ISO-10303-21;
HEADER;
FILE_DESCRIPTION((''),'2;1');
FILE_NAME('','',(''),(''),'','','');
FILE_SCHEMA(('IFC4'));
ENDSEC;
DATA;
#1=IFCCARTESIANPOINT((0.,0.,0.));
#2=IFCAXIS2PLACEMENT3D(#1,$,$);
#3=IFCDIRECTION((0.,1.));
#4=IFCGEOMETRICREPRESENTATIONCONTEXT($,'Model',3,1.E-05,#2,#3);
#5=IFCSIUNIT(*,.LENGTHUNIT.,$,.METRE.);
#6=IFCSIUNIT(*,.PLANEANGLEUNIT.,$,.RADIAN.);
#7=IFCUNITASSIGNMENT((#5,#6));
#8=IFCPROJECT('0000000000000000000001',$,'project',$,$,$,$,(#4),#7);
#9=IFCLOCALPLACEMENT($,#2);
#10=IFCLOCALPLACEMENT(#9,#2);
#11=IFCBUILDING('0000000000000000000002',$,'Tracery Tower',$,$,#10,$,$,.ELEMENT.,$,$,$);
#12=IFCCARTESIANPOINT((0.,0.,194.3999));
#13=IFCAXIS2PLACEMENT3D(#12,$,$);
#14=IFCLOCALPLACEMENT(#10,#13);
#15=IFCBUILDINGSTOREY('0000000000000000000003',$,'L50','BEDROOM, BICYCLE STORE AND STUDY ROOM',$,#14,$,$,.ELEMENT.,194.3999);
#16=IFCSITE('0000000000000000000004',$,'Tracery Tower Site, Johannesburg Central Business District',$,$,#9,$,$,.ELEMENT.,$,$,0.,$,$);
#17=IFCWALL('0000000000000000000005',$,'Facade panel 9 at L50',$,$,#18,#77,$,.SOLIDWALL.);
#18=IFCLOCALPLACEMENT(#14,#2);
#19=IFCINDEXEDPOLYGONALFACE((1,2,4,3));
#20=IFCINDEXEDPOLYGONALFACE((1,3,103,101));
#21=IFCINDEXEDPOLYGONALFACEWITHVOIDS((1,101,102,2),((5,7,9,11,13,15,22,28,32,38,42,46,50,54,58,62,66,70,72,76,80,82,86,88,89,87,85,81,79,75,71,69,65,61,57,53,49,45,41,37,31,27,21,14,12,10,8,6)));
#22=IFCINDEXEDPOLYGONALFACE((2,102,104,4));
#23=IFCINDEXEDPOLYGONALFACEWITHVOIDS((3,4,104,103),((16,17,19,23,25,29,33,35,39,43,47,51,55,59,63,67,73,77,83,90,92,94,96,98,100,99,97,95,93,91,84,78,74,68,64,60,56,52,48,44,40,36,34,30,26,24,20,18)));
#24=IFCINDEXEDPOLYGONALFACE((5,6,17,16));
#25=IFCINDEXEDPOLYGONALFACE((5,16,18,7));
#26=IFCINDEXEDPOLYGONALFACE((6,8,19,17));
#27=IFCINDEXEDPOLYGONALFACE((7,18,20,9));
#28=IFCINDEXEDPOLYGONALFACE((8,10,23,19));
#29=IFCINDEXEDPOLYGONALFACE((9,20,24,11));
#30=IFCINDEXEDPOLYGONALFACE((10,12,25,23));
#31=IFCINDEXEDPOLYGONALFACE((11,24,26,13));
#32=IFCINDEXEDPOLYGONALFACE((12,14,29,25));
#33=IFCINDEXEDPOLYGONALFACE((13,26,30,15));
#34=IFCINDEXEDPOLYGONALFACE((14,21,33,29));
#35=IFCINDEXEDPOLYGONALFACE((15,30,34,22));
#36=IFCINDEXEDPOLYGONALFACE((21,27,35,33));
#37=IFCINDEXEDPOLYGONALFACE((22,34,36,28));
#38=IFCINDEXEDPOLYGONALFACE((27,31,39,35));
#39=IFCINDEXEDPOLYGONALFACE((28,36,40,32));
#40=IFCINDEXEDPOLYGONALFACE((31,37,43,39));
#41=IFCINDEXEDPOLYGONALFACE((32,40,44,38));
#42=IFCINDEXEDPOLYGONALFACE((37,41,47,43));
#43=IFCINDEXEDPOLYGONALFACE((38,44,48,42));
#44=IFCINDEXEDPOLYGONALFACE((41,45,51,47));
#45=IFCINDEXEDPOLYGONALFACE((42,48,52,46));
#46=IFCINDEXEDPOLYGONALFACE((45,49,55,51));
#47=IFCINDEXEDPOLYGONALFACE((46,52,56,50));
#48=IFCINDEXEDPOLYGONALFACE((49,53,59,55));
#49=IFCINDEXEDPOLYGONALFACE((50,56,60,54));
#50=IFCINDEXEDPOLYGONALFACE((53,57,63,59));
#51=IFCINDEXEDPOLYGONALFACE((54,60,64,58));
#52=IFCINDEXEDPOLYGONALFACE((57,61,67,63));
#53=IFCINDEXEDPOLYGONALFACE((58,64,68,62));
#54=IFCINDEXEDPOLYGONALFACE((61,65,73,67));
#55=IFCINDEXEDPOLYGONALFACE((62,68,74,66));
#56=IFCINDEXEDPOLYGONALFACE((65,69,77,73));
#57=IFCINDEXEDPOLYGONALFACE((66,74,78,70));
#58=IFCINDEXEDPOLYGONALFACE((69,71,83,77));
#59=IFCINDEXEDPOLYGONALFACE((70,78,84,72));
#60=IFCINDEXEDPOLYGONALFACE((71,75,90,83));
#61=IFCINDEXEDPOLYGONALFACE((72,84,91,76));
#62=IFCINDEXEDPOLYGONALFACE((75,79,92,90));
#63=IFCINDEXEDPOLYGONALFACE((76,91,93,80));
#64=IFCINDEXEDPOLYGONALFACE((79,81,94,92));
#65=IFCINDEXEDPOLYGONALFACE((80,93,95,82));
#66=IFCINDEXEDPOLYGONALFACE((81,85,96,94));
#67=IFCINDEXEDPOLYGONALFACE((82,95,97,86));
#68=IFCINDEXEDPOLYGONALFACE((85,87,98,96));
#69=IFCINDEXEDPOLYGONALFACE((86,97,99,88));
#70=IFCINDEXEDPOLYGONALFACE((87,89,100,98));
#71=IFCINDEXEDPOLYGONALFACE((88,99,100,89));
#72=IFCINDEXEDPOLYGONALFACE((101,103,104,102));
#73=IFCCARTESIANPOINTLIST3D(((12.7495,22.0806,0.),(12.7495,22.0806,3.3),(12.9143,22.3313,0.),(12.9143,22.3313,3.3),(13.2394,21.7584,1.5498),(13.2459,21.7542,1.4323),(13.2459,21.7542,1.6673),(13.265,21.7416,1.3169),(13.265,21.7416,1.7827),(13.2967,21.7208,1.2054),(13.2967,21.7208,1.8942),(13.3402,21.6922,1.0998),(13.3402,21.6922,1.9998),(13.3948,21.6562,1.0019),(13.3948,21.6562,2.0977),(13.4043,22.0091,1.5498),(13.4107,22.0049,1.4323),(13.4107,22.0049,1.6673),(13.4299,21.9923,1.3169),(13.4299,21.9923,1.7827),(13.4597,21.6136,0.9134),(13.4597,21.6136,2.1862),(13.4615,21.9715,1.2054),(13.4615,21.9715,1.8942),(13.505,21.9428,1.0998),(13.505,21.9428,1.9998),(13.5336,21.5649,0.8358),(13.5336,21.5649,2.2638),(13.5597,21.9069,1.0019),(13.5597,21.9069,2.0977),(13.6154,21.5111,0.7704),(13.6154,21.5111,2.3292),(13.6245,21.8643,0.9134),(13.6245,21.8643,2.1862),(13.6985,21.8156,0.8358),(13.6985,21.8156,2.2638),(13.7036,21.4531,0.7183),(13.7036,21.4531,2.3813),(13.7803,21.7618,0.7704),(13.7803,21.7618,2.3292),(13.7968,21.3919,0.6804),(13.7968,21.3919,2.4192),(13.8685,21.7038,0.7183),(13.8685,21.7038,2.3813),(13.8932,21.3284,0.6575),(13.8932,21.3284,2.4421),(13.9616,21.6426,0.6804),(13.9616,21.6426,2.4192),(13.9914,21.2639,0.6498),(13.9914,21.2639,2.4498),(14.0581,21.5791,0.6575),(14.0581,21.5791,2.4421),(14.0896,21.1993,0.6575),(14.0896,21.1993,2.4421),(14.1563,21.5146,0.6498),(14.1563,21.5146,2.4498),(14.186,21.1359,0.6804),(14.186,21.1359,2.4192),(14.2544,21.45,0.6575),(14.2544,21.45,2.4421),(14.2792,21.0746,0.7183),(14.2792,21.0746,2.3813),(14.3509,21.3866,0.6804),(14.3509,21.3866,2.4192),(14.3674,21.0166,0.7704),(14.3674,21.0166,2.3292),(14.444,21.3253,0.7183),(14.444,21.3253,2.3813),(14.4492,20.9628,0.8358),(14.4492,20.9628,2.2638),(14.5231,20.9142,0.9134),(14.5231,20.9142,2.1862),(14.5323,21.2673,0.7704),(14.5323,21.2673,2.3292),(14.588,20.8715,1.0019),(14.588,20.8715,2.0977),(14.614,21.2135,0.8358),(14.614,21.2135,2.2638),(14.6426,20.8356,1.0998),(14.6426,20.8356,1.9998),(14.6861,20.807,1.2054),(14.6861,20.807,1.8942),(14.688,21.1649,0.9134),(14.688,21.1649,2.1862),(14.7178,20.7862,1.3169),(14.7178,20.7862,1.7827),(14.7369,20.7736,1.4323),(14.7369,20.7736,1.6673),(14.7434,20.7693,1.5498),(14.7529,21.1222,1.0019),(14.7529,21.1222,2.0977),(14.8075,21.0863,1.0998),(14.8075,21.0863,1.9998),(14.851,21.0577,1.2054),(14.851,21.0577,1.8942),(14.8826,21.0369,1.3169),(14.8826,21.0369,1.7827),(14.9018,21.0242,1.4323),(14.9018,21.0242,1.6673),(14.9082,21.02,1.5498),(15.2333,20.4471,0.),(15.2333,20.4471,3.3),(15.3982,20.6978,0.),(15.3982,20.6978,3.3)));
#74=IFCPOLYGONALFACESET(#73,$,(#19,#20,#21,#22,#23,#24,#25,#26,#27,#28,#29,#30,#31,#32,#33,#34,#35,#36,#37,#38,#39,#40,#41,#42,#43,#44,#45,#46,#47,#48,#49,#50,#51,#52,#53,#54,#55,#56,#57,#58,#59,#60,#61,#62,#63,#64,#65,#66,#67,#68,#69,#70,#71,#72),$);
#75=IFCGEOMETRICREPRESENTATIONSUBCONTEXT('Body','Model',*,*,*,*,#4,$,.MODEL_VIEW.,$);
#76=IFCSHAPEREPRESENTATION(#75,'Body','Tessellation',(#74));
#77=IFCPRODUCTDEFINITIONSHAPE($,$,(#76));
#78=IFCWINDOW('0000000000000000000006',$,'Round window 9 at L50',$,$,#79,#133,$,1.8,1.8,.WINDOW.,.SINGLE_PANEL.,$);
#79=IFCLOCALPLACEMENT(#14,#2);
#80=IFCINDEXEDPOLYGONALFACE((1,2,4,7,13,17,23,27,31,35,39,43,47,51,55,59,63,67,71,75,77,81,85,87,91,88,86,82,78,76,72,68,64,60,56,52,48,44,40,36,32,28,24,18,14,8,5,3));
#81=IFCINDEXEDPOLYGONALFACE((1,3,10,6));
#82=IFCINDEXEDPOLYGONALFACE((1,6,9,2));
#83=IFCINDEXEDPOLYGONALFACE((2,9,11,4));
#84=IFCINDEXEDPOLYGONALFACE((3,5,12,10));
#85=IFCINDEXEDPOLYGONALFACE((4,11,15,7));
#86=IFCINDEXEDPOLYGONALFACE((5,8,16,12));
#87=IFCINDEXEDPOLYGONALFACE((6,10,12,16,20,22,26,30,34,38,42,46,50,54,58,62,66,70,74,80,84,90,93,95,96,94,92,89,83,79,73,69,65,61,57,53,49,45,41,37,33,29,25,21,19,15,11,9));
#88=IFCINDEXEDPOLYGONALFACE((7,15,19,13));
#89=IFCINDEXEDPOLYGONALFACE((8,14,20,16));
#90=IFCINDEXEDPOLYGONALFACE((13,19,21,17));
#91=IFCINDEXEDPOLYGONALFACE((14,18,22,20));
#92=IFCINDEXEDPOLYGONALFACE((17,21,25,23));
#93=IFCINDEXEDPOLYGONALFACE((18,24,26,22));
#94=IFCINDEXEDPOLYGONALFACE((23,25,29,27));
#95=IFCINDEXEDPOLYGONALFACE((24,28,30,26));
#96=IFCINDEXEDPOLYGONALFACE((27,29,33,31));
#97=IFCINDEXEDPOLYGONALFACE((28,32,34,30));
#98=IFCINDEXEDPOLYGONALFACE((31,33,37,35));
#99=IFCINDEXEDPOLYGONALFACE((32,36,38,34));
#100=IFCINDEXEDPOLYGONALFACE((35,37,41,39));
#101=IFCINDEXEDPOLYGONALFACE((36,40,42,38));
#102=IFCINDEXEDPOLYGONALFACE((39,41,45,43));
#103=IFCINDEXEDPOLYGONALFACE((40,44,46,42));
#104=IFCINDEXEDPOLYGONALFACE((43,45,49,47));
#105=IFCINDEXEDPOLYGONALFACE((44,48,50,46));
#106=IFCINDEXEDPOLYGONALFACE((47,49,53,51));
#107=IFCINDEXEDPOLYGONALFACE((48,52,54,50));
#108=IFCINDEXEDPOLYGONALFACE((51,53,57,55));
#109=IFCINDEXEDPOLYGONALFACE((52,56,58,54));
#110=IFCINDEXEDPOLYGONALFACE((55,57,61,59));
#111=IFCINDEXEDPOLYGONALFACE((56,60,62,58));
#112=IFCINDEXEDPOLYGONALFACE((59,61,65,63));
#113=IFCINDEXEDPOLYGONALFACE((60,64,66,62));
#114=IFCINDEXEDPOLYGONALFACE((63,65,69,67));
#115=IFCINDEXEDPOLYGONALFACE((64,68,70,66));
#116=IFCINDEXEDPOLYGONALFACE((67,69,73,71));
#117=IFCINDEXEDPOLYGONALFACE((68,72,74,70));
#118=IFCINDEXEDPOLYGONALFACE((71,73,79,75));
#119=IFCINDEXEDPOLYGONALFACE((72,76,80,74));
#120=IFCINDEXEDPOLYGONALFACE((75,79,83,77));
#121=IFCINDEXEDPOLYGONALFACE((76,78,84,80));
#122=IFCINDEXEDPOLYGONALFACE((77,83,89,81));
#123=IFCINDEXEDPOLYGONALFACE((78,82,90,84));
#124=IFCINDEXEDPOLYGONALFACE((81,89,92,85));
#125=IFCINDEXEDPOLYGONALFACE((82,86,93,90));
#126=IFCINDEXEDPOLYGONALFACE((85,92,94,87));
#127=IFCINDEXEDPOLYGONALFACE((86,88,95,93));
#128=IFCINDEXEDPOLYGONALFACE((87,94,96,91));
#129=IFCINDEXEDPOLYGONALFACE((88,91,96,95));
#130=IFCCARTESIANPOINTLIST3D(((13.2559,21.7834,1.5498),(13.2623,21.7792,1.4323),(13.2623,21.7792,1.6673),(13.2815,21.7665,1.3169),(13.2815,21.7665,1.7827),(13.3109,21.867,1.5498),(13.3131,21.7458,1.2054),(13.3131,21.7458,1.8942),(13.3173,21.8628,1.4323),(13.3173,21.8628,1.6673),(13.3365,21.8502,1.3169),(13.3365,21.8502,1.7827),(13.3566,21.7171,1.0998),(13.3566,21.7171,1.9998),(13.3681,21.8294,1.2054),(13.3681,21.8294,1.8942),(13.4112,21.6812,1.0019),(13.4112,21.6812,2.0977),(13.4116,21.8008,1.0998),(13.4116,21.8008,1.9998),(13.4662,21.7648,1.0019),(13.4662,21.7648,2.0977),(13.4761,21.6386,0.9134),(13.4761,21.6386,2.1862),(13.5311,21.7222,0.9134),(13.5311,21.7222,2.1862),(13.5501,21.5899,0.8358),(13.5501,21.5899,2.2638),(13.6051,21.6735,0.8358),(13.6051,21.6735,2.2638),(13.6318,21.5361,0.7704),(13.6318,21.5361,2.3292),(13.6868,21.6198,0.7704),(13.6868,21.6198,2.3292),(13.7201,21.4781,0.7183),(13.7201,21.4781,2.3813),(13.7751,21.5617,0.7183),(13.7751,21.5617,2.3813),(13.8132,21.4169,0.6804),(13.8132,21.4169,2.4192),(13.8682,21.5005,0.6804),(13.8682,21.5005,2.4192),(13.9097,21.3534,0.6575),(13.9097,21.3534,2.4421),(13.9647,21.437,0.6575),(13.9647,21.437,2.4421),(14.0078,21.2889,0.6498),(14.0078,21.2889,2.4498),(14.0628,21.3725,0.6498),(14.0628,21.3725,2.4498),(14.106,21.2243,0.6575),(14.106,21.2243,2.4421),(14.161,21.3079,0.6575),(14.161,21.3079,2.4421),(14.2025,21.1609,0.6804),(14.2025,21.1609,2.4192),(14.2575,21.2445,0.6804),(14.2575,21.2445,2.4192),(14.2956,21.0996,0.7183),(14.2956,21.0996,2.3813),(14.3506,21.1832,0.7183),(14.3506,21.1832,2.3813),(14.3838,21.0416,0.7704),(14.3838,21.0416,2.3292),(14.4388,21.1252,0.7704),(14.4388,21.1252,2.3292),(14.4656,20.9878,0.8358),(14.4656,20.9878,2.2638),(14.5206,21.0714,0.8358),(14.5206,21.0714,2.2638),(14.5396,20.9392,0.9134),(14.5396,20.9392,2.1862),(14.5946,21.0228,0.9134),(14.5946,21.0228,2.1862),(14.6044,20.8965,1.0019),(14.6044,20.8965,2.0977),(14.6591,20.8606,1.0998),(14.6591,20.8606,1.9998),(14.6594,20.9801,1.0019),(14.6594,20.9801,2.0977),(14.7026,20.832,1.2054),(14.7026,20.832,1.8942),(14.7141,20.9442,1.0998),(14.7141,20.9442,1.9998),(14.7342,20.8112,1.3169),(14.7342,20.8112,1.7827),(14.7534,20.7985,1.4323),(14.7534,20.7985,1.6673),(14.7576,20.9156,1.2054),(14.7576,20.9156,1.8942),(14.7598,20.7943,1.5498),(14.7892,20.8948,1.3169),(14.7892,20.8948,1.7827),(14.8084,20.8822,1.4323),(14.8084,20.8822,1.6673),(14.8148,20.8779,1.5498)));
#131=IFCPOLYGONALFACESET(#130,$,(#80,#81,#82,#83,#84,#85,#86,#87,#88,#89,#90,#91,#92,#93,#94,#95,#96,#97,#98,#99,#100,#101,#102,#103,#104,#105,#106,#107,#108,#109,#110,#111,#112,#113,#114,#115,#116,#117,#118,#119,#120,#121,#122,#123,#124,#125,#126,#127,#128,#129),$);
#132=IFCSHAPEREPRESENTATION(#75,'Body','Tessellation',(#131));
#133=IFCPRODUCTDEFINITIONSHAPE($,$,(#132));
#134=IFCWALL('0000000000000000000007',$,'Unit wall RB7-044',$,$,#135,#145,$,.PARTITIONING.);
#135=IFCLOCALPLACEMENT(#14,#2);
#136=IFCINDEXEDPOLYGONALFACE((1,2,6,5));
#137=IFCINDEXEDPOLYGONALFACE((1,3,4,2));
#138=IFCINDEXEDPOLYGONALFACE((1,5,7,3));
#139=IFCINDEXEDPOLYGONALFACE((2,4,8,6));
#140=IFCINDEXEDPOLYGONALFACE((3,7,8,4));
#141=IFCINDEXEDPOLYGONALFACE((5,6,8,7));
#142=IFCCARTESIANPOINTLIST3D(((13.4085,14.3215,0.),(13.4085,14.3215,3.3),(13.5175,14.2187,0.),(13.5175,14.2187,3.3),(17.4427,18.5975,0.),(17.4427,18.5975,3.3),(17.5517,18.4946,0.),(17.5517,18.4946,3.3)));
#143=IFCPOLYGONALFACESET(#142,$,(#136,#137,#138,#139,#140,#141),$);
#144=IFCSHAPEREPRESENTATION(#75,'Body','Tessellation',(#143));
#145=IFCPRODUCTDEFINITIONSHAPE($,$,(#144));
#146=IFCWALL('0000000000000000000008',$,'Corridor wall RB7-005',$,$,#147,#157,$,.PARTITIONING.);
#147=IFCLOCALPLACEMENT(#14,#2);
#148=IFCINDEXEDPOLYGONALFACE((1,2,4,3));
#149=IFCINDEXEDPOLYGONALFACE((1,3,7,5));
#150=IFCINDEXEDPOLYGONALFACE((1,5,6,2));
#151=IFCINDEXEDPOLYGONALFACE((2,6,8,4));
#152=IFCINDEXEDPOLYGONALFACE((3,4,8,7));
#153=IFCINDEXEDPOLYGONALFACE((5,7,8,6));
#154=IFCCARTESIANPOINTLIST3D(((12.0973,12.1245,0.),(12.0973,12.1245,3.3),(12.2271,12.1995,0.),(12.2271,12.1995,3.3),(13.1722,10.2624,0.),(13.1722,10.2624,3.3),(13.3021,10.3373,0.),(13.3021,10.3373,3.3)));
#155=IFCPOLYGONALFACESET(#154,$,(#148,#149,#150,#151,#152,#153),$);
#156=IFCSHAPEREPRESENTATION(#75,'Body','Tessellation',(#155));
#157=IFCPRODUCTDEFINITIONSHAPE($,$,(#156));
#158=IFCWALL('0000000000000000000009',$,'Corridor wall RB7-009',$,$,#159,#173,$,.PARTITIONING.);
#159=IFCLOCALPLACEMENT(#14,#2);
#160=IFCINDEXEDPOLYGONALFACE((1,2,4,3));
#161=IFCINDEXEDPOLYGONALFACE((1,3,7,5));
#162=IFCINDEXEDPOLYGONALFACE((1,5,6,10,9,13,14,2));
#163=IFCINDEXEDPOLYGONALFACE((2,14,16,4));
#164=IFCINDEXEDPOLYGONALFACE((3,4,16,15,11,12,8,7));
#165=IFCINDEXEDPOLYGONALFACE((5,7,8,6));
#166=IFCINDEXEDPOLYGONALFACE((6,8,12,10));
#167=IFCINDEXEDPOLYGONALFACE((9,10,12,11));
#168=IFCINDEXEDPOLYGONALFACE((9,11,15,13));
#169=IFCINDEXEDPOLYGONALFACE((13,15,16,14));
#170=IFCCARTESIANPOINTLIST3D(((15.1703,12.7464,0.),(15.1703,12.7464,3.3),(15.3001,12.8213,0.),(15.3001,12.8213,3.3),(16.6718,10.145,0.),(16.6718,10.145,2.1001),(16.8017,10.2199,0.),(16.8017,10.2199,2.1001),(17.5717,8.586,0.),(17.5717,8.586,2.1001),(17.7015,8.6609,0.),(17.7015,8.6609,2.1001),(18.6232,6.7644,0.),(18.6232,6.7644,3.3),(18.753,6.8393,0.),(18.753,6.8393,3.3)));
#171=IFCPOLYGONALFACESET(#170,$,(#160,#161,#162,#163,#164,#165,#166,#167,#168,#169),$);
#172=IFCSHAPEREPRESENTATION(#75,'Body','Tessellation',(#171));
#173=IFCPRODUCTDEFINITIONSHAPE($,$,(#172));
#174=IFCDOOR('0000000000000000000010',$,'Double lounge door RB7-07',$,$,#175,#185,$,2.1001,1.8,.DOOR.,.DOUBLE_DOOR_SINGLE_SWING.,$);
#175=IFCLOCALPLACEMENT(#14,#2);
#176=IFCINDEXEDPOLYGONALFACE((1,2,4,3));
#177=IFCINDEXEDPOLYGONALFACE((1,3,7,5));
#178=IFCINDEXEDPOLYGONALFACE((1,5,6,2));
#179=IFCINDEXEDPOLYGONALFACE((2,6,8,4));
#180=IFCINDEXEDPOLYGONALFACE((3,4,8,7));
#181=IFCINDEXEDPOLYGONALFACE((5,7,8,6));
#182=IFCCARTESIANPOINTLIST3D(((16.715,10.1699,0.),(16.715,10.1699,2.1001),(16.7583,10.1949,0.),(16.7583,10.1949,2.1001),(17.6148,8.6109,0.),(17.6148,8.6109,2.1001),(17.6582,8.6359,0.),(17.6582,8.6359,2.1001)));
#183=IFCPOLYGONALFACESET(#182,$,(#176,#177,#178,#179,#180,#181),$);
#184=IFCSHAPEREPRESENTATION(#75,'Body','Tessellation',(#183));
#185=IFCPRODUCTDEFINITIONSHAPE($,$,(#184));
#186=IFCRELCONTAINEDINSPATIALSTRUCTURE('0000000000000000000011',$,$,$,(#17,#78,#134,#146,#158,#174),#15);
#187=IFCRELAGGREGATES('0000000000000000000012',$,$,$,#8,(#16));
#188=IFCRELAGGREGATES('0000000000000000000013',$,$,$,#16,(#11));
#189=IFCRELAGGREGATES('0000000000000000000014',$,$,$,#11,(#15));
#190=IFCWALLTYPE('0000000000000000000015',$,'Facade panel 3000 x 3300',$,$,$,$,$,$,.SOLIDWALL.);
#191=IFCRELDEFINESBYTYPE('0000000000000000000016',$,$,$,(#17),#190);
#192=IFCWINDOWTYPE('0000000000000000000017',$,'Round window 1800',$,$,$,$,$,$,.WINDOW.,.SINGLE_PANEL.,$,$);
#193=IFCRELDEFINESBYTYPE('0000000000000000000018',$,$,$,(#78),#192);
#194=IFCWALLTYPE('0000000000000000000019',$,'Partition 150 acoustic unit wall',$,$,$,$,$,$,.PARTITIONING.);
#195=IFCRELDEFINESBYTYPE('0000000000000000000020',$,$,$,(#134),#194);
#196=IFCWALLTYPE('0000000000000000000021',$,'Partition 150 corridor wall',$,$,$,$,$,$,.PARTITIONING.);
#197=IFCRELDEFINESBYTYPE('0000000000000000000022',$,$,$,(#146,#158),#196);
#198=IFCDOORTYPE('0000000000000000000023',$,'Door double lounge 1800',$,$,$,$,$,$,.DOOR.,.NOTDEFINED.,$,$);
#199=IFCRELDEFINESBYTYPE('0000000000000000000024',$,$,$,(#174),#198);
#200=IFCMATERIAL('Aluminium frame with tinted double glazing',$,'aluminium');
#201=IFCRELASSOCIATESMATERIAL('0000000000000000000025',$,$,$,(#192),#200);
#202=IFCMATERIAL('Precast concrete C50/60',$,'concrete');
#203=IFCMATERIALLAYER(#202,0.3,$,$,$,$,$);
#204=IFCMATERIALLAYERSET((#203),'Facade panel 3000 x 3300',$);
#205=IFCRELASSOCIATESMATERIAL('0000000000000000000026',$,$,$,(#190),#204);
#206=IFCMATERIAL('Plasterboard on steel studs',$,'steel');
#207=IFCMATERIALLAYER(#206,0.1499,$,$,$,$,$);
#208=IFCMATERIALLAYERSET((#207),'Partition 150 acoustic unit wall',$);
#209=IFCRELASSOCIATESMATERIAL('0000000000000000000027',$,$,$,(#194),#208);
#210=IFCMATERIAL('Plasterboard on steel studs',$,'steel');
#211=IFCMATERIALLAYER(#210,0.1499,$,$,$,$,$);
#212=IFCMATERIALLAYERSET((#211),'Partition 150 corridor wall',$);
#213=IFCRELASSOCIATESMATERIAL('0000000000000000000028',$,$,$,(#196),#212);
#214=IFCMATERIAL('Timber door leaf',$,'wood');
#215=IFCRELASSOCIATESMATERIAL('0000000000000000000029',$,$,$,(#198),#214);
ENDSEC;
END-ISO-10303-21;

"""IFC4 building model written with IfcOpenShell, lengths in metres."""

from ifc_helpers import new_model, si_unit, direction, frame, frame_2d, origin, origin_2d, place, context, subcontext, project, spatial, rectangle, circle, extrude, material, layer, layer_set, type_object, element, fill, save


model = new_model("IFC4")

# Units and contexts
model_context = context("Model", 3, precision=1e-05, world=origin(), true_north=direction((0.0, 1.0)))
body_context = subcontext(model_context, "Body", "Model", "MODEL_VIEW")
ifc_project = project(units=[si_unit("LENGTHUNIT", "METRE"), si_unit("PLANEANGLEUNIT", "RADIAN")], contexts=[model_context])

# Site, building, storey
site_placement = place(None, origin())
site = spatial("IfcSite", under=ifc_project, at=site_placement, Name="Tracery Tower Site, Johannesburg Central Business District", CompositionType="ELEMENT", RefElevation=0.0)
building_placement = place(site_placement, origin())
building = spatial("IfcBuilding", under=site, at=building_placement, Name="Tracery Tower", CompositionType="ELEMENT")
storey_placement = place(building_placement, frame((0.0, 0.0, 194.3999)))
storey = spatial("IfcBuildingStorey", under=building, at=storey_placement, Name="L50", Description="BEDROOM, BICYCLE STORE AND STUDY ROOM", CompositionType="ELEMENT", Elevation=194.3999)

# Wall, opening, window
ifc_material_1 = material(Name="Aluminium frame with tinted double glazing", Category="aluminium")
window_type = type_object("IfcWindowType", Name="Round window 1800", PartitioningType="SINGLE_PANEL", PredefinedType="WINDOW", material=ifc_material_1)
ifc_material_2 = material(Name="Precast concrete C50/60", Category="concrete")
ifc_layer_1 = layer(ifc_material_2, 0.3)
ifc_layer_set_1 = layer_set([ifc_layer_1], Name="Facade panel 3000 x 3300")
wall_type_1 = type_object("IfcWallType", Name="Facade panel 3000 x 3300", PredefinedType="SOLIDWALL", material=ifc_layer_set_1)
wall_1_placement = place(storey_placement, frame((15.3157, 20.5725, 0.0), z_axis=(0.0, 0.0, 1.0), x_axis=(-0.835508, 0.549478, 0.0)))
wall_1 = element("IfcWall", 1, at=wall_1_placement, inside=storey, type_object=wall_type_1, Name="Facade panel 9 at L50", PredefinedType="SOLIDWALL", context=body_context, shape_type="SweptSolid", body=[
    extrude(rectangle(XDim=2.9729, YDim=0.3, at=frame_2d((1.4863, 0.0))), origin(), (0.0, 0.0, 1.0), 3.3),
])
opening_1_placement = place(wall_1_placement, frame((1.4863, 0.0, 1.5498)))
opening_1 = element("IfcOpeningElement", 2, at=opening_1_placement, cuts=wall_1, PredefinedType="OPENING", context=body_context, shape_type="SweptSolid", body=[
    extrude(circle(Radius=0.9, at=origin_2d()), frame((0.0, 0.1599, 0.0), z_axis=(0.0, -1.0, 0.0), x_axis=(1.0, 0.0, 0.0)), (0.0, 0.0, 1.0), 0.3201),
])
window_1_placement = place(opening_1_placement, origin())
window_1 = element("IfcWindow", 3, at=window_1_placement, inside=storey, type_object=window_type, Name="Round window 9 at L50", OverallHeight=1.8, OverallWidth=1.8, PartitioningType="SINGLE_PANEL", PredefinedType="WINDOW", context=body_context, shape_type="SweptSolid", body=[
    extrude(circle(Radius=0.9, at=origin_2d()), frame((0.0, 0.1201, 0.0), z_axis=(0.0, -1.0, 0.0), x_axis=(1.0, 0.0, 0.0)), (0.0, 0.0, 1.0), 0.1001),
])
fill(opening_1, window_1)

# Walls
ifc_material_3 = material(Name="Plasterboard on steel studs", Category="steel")
ifc_layer_2 = layer(ifc_material_3, 0.1499)
ifc_layer_set_2 = layer_set([ifc_layer_2], Name="Partition 150 acoustic unit wall")
wall_type_2 = type_object("IfcWallType", Name="Partition 150 acoustic unit wall", PredefinedType="PARTITIONING", material=ifc_layer_set_2)
wall_2_placement = place(storey_placement, frame((13.4629, 14.27, 0.0), z_axis=(0.0, 0.0, 1.0), x_axis=(0.68625, 0.727365, 0.0)))
element("IfcWall", 4, at=wall_2_placement, inside=storey, type_object=wall_type_2, Name="Unit wall RB7-044", PredefinedType="PARTITIONING", context=body_context, shape_type="SweptSolid", body=[
    extrude(rectangle(XDim=5.8787, YDim=0.1499, at=frame_2d((2.9395, 0.0))), origin(), (0.0, 0.0, 1.0), 3.3),
])
ifc_material_4 = material(Name="Plasterboard on steel studs", Category="steel")
ifc_layer_3 = layer(ifc_material_4, 0.1499)
ifc_layer_set_3 = layer_set([ifc_layer_3], Name="Partition 150 corridor wall")
wall_type_3 = type_object("IfcWallType", Name="Partition 150 corridor wall", PredefinedType="PARTITIONING", material=ifc_layer_set_3)
wall_3_placement = place(storey_placement, frame((12.1621, 12.1621, 0.0), z_axis=(0.0, 0.0, 1.0), x_axis=(0.499962, -0.866048, 0.0)))
element("IfcWall", 5, at=wall_3_placement, inside=storey, type_object=wall_type_3, Name="Corridor wall RB7-005", PredefinedType="PARTITIONING", context=body_context, shape_type="SweptSolid", body=[
    extrude(rectangle(XDim=2.1501, YDim=0.1499, at=frame_2d((1.0752, 0.0))), origin(), (0.0, 0.0, 1.0), 3.3),
])

# Wall, opening, door
wall_4_placement = place(storey_placement, frame((15.2351, 12.7839, 0.0), z_axis=(0.0, 0.0, 1.0), x_axis=(0.499914, -0.866075, 0.0)))
wall_4 = element("IfcWall", 6, at=wall_4_placement, inside=storey, type_object=wall_type_3, Name="Corridor wall RB7-009", PredefinedType="PARTITIONING", context=body_context, shape_type="SweptSolid", body=[
    extrude(rectangle(XDim=6.907, YDim=0.1499, at=frame_2d((3.4536, 0.0))), origin(), (0.0, 0.0, 1.0), 3.3),
])
opening_2_placement = place(wall_4_placement, frame((3.0039, 0.0, 0.0)))
opening_2 = element("IfcOpeningElement", 7, at=opening_2_placement, cuts=wall_4, PredefinedType="OPENING", context=body_context, shape_type="SweptSolid", body=[
    extrude(rectangle(XDim=1.8, YDim=2.1001, at=frame_2d((0.8999, 1.05))), frame((0.0, 0.075, 0.0), z_axis=(0.0, -1.0, 0.0), x_axis=(1.0, 0.0, 0.0)), (0.0, 0.0, 1.0), 0.1499),
])
ifc_material_5 = material(Name="Timber door leaf", Category="wood")
door_type = type_object("IfcDoorType", Name="Door double lounge 1800", OperationType="NOTDEFINED", PredefinedType="DOOR", material=ifc_material_5)
door_placement = place(opening_2_placement, origin())
door = element("IfcDoor", 8, at=door_placement, inside=storey, type_object=door_type, Name="Double lounge door RB7-07", OperationType="DOUBLE_DOOR_SINGLE_SWING", OverallHeight=2.1001, OverallWidth=1.8, PredefinedType="DOOR", context=body_context, shape_type="SweptSolid", body=[
    extrude(rectangle(XDim=1.8, YDim=2.1001, at=frame_2d((0.8999, 1.05))), frame((0.0, 0.0249, 0.0), z_axis=(0.0, -1.0, 0.0), x_axis=(1.0, 0.0, 0.0)), (0.0, 0.0, 1.0), 0.05),
])
fill(opening_2, door)

save(model, "model.ifc")
